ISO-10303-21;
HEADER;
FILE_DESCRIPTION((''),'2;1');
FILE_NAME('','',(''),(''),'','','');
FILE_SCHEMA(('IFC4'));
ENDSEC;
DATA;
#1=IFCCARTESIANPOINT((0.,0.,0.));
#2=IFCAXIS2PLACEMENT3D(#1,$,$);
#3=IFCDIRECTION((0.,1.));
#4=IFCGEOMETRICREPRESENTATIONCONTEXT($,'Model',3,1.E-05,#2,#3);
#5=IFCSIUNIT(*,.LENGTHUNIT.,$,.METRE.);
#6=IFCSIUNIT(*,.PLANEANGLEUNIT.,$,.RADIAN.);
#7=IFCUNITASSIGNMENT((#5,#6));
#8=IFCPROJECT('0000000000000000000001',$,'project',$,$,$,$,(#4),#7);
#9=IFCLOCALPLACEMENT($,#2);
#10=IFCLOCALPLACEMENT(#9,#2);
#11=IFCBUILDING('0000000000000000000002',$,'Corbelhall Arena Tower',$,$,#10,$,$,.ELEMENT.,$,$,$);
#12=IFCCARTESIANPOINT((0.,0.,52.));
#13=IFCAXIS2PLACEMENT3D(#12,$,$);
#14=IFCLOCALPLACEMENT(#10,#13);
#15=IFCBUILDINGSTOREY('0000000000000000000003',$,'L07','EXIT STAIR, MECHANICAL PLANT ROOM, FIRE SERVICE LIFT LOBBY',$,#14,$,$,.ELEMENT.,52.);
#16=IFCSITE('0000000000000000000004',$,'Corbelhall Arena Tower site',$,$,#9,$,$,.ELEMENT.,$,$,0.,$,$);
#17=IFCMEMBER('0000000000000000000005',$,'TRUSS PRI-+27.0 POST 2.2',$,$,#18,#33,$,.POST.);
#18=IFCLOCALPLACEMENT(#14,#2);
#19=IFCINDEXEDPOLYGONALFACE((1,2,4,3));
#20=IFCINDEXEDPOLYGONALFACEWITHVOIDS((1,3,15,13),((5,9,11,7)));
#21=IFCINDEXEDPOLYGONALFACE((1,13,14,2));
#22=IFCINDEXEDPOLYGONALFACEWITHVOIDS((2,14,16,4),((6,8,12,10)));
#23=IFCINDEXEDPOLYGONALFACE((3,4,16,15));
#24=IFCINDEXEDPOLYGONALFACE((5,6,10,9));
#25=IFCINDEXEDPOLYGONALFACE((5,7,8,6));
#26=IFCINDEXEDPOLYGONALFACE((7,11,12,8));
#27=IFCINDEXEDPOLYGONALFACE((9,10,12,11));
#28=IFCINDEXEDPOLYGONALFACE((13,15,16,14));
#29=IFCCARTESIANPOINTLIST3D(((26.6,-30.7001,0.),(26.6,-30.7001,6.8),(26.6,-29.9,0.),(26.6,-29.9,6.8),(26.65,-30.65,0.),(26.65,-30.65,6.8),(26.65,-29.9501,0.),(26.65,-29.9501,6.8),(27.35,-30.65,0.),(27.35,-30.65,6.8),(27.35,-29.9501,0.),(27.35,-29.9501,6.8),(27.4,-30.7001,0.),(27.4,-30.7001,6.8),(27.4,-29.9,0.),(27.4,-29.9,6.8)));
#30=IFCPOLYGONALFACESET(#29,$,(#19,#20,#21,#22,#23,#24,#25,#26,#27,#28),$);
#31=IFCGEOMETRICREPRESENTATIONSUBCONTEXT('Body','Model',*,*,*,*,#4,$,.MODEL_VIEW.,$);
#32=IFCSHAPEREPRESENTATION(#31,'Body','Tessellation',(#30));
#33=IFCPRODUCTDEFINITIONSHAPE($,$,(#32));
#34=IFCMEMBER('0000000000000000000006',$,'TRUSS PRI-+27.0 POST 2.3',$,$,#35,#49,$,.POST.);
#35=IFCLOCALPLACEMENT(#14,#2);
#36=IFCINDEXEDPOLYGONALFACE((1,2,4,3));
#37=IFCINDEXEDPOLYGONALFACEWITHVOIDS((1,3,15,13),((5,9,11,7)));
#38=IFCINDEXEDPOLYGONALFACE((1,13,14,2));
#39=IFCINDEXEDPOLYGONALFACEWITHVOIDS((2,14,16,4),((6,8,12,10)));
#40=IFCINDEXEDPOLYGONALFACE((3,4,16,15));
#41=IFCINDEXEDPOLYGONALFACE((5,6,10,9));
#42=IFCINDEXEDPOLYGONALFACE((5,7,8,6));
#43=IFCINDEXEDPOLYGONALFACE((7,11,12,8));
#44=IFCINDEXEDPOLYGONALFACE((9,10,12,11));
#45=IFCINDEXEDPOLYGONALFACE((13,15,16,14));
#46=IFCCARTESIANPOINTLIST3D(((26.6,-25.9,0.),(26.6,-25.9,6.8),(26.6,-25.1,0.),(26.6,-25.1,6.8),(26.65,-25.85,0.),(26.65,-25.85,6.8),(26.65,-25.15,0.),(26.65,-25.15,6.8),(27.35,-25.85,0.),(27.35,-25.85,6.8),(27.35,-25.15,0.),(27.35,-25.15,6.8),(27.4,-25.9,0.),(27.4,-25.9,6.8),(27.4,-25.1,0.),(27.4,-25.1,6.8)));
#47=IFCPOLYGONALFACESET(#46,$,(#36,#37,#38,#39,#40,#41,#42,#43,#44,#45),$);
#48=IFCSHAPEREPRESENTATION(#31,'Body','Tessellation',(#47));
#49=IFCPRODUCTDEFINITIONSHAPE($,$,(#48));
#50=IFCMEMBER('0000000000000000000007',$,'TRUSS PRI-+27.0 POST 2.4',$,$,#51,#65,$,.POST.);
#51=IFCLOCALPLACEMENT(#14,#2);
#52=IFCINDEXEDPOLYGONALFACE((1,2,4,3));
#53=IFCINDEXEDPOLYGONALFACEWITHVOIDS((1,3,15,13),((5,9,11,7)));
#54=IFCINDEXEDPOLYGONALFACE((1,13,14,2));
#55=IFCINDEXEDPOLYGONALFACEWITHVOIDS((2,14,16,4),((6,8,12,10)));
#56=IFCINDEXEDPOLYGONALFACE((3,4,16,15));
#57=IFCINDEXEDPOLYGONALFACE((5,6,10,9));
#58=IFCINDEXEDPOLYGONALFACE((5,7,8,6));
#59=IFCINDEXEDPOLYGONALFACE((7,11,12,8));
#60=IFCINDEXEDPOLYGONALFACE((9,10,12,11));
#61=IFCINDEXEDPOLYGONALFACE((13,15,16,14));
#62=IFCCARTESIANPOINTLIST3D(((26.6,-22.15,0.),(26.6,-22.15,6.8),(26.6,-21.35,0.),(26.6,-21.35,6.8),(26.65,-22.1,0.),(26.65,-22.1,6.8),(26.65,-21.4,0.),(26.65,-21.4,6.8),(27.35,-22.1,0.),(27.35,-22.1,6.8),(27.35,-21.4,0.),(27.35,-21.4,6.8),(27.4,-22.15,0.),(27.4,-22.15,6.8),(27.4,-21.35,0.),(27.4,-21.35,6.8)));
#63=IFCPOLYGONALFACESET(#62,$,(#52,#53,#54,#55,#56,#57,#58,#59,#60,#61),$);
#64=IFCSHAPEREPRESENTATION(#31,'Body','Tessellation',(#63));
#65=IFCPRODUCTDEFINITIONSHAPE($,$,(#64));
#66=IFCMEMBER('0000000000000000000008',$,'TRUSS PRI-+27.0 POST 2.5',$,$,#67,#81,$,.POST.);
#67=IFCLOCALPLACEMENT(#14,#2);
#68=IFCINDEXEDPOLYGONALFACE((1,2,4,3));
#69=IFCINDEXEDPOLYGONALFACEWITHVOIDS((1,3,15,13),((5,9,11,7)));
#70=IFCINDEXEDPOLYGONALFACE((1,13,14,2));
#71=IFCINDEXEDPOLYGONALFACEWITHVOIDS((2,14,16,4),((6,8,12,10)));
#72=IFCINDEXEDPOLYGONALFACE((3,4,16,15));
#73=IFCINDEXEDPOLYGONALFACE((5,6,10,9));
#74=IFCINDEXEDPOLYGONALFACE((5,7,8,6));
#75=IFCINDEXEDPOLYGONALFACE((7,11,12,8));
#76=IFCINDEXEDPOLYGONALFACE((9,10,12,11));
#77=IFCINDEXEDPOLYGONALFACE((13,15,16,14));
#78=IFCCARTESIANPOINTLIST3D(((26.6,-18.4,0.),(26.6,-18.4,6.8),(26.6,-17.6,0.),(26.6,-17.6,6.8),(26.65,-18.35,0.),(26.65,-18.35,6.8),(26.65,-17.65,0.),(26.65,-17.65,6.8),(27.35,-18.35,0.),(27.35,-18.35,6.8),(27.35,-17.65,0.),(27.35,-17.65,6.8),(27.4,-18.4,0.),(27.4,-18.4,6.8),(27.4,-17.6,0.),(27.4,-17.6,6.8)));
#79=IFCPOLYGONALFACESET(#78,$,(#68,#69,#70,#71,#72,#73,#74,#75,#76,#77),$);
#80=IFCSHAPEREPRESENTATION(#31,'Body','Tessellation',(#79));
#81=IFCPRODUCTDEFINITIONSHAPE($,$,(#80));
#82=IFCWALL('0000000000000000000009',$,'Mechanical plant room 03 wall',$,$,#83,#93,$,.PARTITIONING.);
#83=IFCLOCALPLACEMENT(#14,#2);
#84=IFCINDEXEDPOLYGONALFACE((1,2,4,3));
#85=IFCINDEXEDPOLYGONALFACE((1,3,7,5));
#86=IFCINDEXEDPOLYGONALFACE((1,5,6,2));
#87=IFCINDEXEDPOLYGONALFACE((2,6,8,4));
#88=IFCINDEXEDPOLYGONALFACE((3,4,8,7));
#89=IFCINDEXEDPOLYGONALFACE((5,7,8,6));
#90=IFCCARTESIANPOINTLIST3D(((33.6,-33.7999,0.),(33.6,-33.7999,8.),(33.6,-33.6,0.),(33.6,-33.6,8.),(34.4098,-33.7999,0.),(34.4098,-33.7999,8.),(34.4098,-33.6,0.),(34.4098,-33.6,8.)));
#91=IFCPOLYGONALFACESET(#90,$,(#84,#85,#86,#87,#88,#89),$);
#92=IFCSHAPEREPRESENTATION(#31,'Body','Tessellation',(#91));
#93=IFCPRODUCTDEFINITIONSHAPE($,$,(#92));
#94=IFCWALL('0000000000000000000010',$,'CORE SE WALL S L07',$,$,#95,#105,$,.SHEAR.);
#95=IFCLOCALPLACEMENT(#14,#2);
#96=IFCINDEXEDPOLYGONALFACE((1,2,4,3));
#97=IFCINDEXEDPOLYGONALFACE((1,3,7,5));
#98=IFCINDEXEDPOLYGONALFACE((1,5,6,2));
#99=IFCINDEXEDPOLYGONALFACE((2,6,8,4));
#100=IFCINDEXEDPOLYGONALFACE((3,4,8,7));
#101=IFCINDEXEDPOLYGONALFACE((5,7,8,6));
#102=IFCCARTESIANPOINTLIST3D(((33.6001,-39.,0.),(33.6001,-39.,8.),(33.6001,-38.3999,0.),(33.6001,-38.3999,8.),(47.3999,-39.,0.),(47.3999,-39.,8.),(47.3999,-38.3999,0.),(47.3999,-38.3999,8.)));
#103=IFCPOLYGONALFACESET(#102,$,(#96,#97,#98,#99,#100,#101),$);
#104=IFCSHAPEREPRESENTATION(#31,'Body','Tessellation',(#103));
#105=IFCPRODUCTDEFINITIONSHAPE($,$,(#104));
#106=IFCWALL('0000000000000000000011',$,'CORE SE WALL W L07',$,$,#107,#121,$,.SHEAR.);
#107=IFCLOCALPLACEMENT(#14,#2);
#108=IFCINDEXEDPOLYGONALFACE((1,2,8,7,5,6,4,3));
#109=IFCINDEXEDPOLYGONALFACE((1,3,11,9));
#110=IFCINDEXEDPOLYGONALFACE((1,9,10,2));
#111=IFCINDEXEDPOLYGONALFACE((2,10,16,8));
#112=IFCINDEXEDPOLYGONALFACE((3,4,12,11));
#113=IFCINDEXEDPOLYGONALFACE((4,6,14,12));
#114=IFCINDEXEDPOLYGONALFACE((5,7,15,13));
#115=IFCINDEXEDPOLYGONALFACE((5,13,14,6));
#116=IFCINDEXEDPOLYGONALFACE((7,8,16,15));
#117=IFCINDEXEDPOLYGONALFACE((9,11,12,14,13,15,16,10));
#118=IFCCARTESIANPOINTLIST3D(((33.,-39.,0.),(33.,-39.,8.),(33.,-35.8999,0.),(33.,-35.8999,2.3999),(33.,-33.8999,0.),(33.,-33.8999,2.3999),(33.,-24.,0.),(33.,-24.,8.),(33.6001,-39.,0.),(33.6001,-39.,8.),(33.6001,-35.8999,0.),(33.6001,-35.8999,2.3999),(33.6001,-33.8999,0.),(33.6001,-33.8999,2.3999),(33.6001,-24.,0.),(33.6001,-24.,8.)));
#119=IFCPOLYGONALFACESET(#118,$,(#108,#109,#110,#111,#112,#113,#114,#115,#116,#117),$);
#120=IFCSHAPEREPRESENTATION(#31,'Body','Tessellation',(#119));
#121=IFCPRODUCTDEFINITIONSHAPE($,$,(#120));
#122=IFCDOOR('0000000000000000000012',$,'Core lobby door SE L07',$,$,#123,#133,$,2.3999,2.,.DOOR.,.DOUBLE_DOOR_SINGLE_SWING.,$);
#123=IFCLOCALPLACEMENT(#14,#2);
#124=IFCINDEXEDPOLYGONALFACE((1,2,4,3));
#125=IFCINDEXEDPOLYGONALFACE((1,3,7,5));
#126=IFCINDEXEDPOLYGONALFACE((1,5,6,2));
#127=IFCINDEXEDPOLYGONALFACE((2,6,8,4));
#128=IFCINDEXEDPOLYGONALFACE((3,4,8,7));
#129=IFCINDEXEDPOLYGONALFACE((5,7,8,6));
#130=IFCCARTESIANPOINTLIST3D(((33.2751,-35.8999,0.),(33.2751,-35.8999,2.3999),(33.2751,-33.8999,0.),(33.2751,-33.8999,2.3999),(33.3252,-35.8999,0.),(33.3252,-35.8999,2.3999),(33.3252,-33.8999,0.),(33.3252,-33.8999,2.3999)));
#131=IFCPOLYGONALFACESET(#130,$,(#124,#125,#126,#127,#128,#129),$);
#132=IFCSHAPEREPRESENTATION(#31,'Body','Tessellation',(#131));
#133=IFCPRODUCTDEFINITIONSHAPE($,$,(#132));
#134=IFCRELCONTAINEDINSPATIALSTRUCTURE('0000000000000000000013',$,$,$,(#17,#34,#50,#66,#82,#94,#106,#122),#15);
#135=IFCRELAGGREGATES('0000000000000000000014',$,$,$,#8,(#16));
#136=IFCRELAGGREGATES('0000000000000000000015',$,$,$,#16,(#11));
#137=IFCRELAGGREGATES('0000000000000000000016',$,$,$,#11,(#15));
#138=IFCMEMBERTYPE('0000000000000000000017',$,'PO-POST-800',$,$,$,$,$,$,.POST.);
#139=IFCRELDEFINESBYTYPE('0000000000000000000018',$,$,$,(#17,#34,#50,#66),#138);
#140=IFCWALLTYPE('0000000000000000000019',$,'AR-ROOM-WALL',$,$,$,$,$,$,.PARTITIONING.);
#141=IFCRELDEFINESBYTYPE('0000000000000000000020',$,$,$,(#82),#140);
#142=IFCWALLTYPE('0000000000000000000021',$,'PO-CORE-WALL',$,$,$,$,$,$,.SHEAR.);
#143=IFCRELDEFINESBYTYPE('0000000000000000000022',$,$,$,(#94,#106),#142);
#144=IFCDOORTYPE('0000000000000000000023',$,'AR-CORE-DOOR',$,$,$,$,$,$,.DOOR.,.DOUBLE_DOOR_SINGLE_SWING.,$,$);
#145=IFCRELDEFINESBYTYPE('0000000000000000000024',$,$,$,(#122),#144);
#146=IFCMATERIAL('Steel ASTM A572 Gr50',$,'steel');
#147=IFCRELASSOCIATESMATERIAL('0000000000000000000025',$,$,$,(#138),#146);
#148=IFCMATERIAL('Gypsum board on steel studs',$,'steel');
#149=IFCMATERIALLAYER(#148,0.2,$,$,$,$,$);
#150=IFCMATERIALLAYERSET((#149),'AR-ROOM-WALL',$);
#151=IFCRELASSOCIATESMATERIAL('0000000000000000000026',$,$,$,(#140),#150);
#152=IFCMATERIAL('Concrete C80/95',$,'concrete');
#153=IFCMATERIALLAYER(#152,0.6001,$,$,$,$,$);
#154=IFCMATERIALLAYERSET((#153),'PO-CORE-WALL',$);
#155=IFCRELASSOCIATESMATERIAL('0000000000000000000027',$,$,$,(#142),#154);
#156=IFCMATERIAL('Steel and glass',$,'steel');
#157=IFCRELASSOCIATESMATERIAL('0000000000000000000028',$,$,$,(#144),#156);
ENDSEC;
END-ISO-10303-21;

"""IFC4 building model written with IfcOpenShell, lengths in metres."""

from ifc_helpers import new_model, si_unit, direction, frame, frame_2d, origin, origin_2d, place, context, subcontext, project, spatial, rectangle, hollow_rectangle, extrude, material, layer, layer_set, material_profile, profile_set, type_object, element, fill, save


model = new_model("IFC4")

# Units and contexts
model_context = context("Model", 3, precision=1e-05, world=origin(), true_north=direction((0.0, 1.0)))
body_context = subcontext(model_context, "Body", "Model", "MODEL_VIEW")
ifc_project = project(units=[si_unit("LENGTHUNIT", "METRE"), si_unit("PLANEANGLEUNIT", "RADIAN")], contexts=[model_context])

# Site, building, storey
site_placement = place(None, origin())
site = spatial("IfcSite", under=ifc_project, at=site_placement, Name="Corbelhall Arena Tower site", CompositionType="ELEMENT", RefElevation=0.0)
building_placement = place(site_placement, origin())
building = spatial("IfcBuilding", under=site, at=building_placement, Name="Corbelhall Arena Tower", CompositionType="ELEMENT")
storey_placement = place(building_placement, frame((0.0, 0.0, 52.0)))
storey = spatial("IfcBuildingStorey", under=building, at=storey_placement, Name="L07", Description="EXIT STAIR, MECHANICAL PLANT ROOM, FIRE SERVICE LIFT LOBBY", CompositionType="ELEMENT", Elevation=52.0)

# Members
ifc_material_1 = material(Name="Steel ASTM A572 Gr50", Category="steel")
ifc_material_profile_1 = material_profile(ifc_material_1, hollow_rectangle(XDim=0.8, YDim=0.8, WallThickness=0.05, at=origin_2d()))
ifc_profile_set_1 = profile_set([ifc_material_profile_1], Name="Steel ASTM A572 Gr50")
member_type_1 = type_object("IfcMemberType", Name="PO-POST-800", PredefinedType="POST", material=ifc_profile_set_1)
for number, where, z_axis, x_axis, name in (
    (1, (27.0, -30.3, 0.0), (0.0, 0.0, 1.0), (1.0, 0.0, 0.0), "TRUSS PRI-+27.0 POST 2.2"),
    (2, (27.0, -25.5, 0.0), (0.0, 0.0, 1.0), (1.0, 0.0, 0.0), "TRUSS PRI-+27.0 POST 2.3"),
    (3, (27.0, -21.75, 0.0), (0.0, 0.0, 1.0), (1.0, 0.0, 0.0), "TRUSS PRI-+27.0 POST 2.4"),
    (4, (27.0, -18.0, 0.0), (0.0, 0.0, 1.0), (1.0, 0.0, 0.0), "TRUSS PRI-+27.0 POST 2.5"),
):
    element("IfcMember", number, at=place(storey_placement, frame(where, z_axis=z_axis, x_axis=x_axis)), inside=storey, type_object=member_type_1, Name=name, PredefinedType="POST", context=body_context, shape_type="SweptSolid", body=[
        extrude(hollow_rectangle(XDim=0.8, YDim=0.8, WallThickness=0.05, at=origin_2d()), origin(), (0.0, 0.0, 1.0), 6.8),
    ])

# Wall
ifc_material_2 = material(Name="Gypsum board on steel studs", Category="steel")
ifc_layer_1 = layer(ifc_material_2, 0.2)
ifc_layer_set_1 = layer_set([ifc_layer_1], Name="AR-ROOM-WALL")
wall_type_1 = type_object("IfcWallType", Name="AR-ROOM-WALL", PredefinedType="PARTITIONING", material=ifc_layer_set_1)
wall_1_placement = place(storey_placement, frame((33.6001, -33.7, 0.0), z_axis=(0.0, 0.0, 1.0), x_axis=(1.0, 0.0, 0.0)))
element("IfcWall", 5, at=wall_1_placement, inside=storey, type_object=wall_type_1, Name="Mechanical plant room 03 wall", PredefinedType="PARTITIONING", context=body_context, shape_type="SweptSolid", body=[
    extrude(rectangle(XDim=0.8098, YDim=0.2, at=frame_2d((0.4048, 0.0))), origin(), (0.0, 0.0, 1.0), 8.0),
])

# Wall
ifc_material_3 = material(Name="Concrete C80/95", Category="concrete")
ifc_layer_2 = layer(ifc_material_3, 0.6001)
ifc_layer_set_2 = layer_set([ifc_layer_2], Name="PO-CORE-WALL")
wall_type_2 = type_object("IfcWallType", Name="PO-CORE-WALL", PredefinedType="SHEAR", material=ifc_layer_set_2)
wall_2_placement = place(storey_placement, frame((33.6001, -38.7, 0.0), z_axis=(0.0, 0.0, 1.0), x_axis=(1.0, 0.0, 0.0)))
element("IfcWall", 6, at=wall_2_placement, inside=storey, type_object=wall_type_2, Name="CORE SE WALL S L07", PredefinedType="SHEAR", context=body_context, shape_type="SweptSolid", body=[
    extrude(rectangle(XDim=13.7998, YDim=0.6001, at=frame_2d((6.8999, 0.0))), origin(), (0.0, 0.0, 1.0), 8.0),
])

# Wall, opening, door
wall_3_placement = place(storey_placement, frame((33.3, -39.0, 0.0), z_axis=(0.0, 0.0, 1.0), x_axis=(0.0, 1.0, 0.0)))
wall_3 = element("IfcWall", 7, at=wall_3_placement, inside=storey, type_object=wall_type_2, Name="CORE SE WALL W L07", PredefinedType="SHEAR", context=body_context, shape_type="SweptSolid", body=[
    extrude(rectangle(XDim=15.0, YDim=0.6001, at=frame_2d((7.5, 0.0))), origin(), (0.0, 0.0, 1.0), 8.0),
])
opening_1_placement = place(wall_3_placement, frame((3.1001, 0.0, 0.0)))
opening_1 = element("IfcOpeningElement", 8, at=opening_1_placement, cuts=wall_3, PredefinedType="OPENING", context=body_context, shape_type="SweptSolid", body=[
    extrude(rectangle(XDim=2.0, YDim=2.3999, at=frame_2d((1.0, 1.2))), frame((0.0, 0.3, 0.0), z_axis=(0.0, -1.0, 0.0), x_axis=(1.0, 0.0, 0.0)), (0.0, 0.0, 1.0), 0.6001),
])
ifc_material_4 = material(Name="Steel and glass", Category="steel")
door_type_1 = type_object("IfcDoorType", Name="AR-CORE-DOOR", OperationType="DOUBLE_DOOR_SINGLE_SWING", PredefinedType="DOOR", material=ifc_material_4)
door_1_placement = place(opening_1_placement, origin())
door_1 = element("IfcDoor", 9, at=door_1_placement, inside=storey, type_object=door_type_1, Name="Core lobby door SE L07", OperationType="DOUBLE_DOOR_SINGLE_SWING", OverallHeight=2.3999, OverallWidth=2.0, PredefinedType="DOOR", context=body_context, shape_type="SweptSolid", body=[
    extrude(rectangle(XDim=2.0, YDim=2.3999, at=frame_2d((1.0, 1.2))), frame((0.0, 0.0249, 0.0), z_axis=(0.0, -1.0, 0.0), x_axis=(1.0, 0.0, 0.0)), (0.0, 0.0, 1.0), 0.05),
])
fill(opening_1, door_1)

save(model, "model.ifc")
